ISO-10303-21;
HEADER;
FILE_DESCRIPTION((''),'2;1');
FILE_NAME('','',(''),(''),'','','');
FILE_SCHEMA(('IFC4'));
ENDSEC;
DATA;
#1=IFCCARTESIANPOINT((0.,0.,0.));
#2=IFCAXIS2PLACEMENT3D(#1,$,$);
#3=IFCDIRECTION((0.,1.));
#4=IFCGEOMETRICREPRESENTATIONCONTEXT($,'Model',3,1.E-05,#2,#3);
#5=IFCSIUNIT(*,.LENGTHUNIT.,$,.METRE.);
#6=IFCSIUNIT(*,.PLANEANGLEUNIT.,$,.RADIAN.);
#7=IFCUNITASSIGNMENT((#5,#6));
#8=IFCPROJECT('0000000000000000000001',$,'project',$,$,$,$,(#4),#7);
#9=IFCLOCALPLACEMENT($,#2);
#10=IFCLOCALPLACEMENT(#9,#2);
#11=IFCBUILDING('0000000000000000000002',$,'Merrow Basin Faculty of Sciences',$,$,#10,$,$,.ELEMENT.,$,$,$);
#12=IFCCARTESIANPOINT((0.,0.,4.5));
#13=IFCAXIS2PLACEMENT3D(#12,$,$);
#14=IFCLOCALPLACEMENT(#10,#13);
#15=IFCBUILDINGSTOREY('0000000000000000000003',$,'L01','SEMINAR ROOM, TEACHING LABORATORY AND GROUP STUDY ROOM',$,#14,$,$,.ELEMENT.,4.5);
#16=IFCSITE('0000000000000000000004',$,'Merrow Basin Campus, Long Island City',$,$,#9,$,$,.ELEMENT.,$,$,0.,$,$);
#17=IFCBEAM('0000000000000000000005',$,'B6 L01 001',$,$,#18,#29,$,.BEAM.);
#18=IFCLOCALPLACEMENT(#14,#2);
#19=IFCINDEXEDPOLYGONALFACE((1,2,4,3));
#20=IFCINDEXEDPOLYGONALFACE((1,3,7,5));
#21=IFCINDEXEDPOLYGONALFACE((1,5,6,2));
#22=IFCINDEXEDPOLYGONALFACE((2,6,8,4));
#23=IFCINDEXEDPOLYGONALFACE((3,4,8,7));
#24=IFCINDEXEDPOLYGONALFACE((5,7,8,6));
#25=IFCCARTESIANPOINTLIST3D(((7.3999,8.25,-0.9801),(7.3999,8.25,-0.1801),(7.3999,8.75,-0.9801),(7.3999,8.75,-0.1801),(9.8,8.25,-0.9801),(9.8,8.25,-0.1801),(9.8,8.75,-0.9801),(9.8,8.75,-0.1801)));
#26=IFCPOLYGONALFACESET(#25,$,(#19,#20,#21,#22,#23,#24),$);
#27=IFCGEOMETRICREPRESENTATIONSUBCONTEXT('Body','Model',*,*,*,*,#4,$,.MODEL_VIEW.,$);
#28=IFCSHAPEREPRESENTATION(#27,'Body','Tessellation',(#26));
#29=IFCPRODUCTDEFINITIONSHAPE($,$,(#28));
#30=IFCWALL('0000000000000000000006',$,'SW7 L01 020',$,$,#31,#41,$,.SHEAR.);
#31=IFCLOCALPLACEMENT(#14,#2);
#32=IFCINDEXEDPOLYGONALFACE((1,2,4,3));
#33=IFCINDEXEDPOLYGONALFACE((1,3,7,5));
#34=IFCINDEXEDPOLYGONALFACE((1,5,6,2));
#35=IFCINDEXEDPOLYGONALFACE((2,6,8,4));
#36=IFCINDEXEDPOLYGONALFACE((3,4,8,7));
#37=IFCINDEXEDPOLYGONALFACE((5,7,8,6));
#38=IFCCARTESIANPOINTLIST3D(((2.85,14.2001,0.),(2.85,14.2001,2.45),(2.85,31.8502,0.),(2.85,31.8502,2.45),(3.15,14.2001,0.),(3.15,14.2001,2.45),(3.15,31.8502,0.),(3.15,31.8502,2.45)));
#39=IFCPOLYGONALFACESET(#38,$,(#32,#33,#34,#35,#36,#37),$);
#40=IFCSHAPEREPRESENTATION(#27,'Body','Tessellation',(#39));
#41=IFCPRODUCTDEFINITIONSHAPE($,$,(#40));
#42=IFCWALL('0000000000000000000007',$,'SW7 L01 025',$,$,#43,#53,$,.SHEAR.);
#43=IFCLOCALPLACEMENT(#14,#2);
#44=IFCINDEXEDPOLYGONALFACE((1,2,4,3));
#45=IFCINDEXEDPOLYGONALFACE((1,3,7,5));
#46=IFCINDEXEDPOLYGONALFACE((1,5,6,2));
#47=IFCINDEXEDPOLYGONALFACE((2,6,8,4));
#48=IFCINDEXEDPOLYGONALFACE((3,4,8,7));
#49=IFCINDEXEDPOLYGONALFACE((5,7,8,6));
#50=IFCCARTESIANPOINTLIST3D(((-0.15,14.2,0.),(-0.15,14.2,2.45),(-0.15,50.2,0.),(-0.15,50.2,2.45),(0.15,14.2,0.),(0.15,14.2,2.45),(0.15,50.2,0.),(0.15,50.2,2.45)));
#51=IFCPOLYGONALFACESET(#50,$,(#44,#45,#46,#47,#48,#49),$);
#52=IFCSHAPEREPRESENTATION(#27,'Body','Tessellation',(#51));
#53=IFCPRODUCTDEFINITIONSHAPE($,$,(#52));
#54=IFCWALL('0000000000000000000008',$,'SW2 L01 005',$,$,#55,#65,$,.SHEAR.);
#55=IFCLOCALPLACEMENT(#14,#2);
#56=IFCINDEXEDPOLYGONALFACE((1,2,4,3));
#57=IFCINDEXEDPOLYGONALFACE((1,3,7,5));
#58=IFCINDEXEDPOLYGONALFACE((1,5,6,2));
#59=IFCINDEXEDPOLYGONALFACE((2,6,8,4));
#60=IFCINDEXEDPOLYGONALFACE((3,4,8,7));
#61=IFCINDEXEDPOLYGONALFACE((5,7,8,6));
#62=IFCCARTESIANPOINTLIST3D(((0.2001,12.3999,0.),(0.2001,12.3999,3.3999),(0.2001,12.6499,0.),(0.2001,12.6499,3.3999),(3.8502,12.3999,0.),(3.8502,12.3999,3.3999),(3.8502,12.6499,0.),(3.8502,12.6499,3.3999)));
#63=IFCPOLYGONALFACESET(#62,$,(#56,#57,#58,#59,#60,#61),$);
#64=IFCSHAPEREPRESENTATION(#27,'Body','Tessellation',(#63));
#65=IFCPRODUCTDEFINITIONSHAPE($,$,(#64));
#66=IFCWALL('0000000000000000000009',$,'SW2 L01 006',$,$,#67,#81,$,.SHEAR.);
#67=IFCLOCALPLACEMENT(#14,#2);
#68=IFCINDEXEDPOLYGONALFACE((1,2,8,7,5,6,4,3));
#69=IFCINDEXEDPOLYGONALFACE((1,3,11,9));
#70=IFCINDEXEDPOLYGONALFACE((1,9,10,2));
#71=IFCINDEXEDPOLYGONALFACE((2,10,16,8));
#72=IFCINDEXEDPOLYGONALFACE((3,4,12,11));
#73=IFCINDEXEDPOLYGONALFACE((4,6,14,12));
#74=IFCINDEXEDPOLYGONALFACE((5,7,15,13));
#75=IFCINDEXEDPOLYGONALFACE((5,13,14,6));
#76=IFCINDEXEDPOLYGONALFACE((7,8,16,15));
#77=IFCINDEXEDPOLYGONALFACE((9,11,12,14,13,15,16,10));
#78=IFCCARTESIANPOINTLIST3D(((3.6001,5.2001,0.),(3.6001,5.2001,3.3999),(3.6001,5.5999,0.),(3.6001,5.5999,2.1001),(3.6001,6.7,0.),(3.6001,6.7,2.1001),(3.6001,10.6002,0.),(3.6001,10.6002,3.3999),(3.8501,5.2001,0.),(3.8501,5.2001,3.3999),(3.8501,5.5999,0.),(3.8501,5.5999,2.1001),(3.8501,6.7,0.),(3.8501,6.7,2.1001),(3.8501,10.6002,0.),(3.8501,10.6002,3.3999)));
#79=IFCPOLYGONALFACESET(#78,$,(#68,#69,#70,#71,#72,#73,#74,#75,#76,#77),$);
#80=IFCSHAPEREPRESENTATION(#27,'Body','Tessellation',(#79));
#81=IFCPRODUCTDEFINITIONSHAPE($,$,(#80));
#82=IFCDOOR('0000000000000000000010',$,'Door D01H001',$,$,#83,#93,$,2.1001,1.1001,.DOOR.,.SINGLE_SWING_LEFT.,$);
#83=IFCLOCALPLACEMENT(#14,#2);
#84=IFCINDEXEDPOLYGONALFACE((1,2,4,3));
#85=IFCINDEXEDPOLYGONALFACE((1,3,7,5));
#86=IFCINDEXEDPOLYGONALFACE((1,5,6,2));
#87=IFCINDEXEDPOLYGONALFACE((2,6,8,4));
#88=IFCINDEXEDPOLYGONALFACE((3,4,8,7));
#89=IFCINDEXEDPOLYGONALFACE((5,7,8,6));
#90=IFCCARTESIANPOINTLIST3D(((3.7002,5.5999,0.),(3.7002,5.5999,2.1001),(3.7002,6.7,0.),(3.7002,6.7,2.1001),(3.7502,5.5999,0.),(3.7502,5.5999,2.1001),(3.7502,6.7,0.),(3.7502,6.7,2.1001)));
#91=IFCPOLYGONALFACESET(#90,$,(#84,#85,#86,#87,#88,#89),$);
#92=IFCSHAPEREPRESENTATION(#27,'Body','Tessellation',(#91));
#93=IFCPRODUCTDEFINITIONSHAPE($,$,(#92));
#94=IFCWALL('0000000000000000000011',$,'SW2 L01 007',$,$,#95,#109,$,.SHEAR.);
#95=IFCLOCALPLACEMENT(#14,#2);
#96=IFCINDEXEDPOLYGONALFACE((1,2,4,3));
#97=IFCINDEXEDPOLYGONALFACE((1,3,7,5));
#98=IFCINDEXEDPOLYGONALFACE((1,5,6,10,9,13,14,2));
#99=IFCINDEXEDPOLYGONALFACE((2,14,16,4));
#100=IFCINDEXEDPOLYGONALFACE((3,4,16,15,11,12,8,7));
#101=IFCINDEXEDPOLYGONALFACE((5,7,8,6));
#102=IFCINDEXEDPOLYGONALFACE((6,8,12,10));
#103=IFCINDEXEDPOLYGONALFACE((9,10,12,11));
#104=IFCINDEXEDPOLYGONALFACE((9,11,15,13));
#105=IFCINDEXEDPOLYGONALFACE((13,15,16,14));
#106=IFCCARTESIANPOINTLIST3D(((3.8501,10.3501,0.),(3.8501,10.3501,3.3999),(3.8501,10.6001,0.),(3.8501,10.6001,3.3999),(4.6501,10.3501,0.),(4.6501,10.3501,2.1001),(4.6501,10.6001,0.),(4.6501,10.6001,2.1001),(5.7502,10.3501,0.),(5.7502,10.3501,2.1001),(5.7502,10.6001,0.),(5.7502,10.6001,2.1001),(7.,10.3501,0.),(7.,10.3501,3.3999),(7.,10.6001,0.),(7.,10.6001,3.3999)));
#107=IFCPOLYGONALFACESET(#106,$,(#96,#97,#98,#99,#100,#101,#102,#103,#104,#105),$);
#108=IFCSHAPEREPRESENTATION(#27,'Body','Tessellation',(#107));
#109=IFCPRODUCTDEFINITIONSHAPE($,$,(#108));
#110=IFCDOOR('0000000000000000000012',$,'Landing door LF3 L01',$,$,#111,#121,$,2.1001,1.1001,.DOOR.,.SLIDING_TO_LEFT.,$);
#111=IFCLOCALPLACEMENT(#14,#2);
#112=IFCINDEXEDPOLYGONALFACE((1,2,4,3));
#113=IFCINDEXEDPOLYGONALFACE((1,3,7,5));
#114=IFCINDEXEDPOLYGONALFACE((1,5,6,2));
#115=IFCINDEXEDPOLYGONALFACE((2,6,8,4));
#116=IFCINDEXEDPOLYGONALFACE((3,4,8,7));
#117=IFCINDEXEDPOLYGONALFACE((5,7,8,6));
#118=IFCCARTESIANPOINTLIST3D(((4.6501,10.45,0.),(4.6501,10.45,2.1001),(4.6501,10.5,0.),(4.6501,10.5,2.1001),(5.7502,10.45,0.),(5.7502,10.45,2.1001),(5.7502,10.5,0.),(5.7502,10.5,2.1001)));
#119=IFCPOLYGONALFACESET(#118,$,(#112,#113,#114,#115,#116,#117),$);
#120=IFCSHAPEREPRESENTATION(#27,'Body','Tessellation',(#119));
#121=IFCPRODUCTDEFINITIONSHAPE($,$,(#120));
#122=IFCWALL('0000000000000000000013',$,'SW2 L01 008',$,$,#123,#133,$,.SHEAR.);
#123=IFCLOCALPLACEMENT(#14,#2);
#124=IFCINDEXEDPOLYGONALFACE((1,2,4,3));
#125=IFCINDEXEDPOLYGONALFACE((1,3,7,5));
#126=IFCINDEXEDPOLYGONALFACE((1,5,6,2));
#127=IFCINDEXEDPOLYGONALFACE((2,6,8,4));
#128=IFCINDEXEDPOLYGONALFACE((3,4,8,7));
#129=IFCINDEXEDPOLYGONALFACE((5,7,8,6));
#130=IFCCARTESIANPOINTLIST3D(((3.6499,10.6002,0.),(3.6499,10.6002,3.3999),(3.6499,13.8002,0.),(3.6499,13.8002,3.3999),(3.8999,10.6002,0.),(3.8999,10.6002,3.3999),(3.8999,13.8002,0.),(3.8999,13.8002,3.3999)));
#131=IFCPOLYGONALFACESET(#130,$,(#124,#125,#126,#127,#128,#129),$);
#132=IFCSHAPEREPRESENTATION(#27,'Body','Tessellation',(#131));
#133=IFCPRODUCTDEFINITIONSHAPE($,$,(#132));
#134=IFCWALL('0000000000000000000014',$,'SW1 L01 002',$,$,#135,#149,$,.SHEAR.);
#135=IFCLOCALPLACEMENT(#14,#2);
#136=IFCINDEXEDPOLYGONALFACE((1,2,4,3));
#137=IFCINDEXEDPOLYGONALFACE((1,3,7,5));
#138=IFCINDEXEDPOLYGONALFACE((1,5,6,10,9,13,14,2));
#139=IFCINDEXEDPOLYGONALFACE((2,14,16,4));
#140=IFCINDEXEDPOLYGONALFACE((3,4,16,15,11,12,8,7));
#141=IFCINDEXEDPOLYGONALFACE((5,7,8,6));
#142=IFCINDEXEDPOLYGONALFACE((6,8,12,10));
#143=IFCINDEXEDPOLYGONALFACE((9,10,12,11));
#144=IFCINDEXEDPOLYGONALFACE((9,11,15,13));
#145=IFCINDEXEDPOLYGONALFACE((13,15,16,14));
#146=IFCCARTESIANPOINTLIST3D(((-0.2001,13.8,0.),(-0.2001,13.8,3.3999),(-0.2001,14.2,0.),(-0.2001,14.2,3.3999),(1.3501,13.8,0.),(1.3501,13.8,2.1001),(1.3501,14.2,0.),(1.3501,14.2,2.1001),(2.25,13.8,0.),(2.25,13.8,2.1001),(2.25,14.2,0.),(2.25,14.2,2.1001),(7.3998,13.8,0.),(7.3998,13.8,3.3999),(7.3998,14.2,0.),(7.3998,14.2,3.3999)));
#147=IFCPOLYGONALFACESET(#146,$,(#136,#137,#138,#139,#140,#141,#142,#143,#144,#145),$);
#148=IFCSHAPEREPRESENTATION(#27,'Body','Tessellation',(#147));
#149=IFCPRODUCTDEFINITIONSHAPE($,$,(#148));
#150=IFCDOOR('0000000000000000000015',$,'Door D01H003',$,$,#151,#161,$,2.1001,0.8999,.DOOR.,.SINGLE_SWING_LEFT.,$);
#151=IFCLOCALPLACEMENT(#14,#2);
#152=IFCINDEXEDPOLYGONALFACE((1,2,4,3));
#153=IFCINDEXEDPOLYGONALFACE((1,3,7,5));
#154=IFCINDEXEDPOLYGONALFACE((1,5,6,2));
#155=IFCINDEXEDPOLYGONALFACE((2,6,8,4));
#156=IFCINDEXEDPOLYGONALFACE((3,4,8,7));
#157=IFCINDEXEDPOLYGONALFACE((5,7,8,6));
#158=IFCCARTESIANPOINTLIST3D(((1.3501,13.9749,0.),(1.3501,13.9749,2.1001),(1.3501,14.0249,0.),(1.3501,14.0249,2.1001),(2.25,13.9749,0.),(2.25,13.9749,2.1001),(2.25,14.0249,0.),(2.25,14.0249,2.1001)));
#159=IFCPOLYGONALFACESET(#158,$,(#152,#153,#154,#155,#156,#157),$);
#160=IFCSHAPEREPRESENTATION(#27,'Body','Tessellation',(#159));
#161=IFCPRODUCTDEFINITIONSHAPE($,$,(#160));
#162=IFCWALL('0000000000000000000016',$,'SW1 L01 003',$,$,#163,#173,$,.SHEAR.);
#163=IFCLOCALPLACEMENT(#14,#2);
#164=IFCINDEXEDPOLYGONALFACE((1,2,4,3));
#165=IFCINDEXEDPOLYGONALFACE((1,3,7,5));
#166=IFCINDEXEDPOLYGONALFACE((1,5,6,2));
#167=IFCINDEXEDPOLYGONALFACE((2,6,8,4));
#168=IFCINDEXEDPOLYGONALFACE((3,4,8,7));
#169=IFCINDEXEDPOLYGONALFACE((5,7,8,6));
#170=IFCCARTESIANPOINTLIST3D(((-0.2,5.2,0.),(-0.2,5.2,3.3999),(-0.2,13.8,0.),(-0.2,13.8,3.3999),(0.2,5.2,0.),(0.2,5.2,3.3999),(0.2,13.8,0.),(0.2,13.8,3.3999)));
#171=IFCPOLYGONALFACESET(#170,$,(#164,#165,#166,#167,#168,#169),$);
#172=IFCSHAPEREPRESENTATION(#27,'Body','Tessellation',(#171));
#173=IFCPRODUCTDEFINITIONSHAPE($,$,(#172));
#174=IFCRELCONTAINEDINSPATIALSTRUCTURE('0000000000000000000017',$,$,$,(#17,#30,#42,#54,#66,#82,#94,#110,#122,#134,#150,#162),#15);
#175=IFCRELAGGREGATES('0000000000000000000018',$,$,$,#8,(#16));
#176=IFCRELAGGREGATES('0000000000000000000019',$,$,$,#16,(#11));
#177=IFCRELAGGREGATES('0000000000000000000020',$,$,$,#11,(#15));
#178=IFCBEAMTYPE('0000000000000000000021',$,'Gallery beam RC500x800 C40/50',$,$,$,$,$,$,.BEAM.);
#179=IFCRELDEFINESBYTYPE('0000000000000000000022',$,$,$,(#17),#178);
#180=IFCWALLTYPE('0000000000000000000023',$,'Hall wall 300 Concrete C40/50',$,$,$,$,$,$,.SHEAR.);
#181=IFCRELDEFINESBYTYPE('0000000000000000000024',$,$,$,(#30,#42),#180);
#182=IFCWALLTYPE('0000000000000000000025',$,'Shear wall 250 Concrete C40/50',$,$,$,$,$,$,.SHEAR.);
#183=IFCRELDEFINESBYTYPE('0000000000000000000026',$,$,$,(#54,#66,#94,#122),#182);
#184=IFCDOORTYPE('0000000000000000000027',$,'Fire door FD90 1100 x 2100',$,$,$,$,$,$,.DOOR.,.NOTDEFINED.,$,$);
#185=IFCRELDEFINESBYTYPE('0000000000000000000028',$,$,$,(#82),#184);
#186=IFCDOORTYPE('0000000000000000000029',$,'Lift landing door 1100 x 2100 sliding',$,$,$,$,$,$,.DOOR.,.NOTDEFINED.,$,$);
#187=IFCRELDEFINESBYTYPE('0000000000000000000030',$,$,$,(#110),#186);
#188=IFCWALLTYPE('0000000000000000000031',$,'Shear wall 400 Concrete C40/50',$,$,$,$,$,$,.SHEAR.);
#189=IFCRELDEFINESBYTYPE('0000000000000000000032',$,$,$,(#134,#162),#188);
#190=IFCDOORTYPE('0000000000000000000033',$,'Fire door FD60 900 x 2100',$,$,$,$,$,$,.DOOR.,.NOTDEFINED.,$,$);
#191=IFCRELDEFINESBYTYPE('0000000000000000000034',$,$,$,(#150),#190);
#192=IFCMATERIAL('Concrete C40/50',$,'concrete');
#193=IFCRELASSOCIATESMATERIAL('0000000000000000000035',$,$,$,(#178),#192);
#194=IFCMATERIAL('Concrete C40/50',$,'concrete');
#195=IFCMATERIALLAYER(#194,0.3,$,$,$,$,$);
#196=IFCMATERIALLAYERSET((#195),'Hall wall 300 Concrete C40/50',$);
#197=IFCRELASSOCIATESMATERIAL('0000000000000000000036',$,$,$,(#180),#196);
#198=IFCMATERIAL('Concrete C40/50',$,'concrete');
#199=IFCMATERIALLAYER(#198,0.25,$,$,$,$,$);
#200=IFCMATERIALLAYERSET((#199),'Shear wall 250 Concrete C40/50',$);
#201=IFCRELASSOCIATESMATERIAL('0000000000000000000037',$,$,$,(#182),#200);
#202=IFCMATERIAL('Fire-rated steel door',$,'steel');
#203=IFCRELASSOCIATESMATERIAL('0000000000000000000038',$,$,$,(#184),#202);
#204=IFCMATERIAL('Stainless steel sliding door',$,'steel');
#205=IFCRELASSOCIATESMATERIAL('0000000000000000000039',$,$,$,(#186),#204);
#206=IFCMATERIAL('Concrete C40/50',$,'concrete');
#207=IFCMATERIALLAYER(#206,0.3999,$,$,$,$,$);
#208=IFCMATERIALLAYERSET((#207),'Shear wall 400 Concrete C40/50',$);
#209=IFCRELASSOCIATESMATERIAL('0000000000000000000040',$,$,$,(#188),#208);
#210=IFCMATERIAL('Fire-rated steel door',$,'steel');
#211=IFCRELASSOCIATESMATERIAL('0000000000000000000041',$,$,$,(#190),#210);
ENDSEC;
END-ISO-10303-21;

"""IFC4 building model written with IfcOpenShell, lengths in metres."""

from ifc_helpers import new_model, si_unit, direction, frame, frame_2d, origin, origin_2d, place, context, subcontext, project, spatial, rectangle, extrude, material, layer, layer_set, material_profile, profile_set, type_object, element, fill, save


model = new_model("IFC4")

# Units and contexts
model_context = context("Model", 3, precision=1e-05, world=origin(), true_north=direction((0.0, 1.0)))
body_context = subcontext(model_context, "Body", "Model", "MODEL_VIEW")
ifc_project = project(units=[si_unit("LENGTHUNIT", "METRE"), si_unit("PLANEANGLEUNIT", "RADIAN")], contexts=[model_context])

# Site, building, storey
site_placement = place(None, origin())
site = spatial("IfcSite", under=ifc_project, at=site_placement, Name="Merrow Basin Campus, Long Island City", CompositionType="ELEMENT", RefElevation=0.0)
building_placement = place(site_placement, origin())
building = spatial("IfcBuilding", under=site, at=building_placement, Name="Merrow Basin Faculty of Sciences", CompositionType="ELEMENT")
storey_placement = place(building_placement, frame((0.0, 0.0, 4.5)))
storey = spatial("IfcBuildingStorey", under=building, at=storey_placement, Name="L01", Description="SEMINAR ROOM, TEACHING LABORATORY AND GROUP STUDY ROOM", CompositionType="ELEMENT", Elevation=4.5)

# Beam
ifc_material_1 = material(Name="Concrete C40/50", Category="concrete")
ifc_material_profile = material_profile(ifc_material_1, rectangle(XDim=0.5, YDim=0.8, at=origin_2d()))
ifc_profile_set = profile_set([ifc_material_profile], Name="Concrete C40/50")
beam_type = type_object("IfcBeamType", Name="Gallery beam RC500x800 C40/50", PredefinedType="BEAM", material=ifc_profile_set)
beam_placement = place(storey_placement, frame((7.3999, 8.5, -0.5801), z_axis=(1.0, 0.0, 0.0), x_axis=(0.0, 1.0, 0.0)))
element("IfcBeam", 1, at=beam_placement, inside=storey, type_object=beam_type, Name="B6 L01 001", PredefinedType="BEAM", context=body_context, shape_type="SweptSolid", body=[
    extrude(rectangle(XDim=0.5, YDim=0.8, at=origin_2d()), origin(), (0.0, 0.0, 1.0), 2.4001),
])

# Walls
ifc_material_2 = material(Name="Concrete C40/50", Category="concrete")
ifc_layer_1 = layer(ifc_material_2, 0.3)
ifc_layer_set_1 = layer_set([ifc_layer_1], Name="Hall wall 300 Concrete C40/50")
wall_type_1 = type_object("IfcWallType", Name="Hall wall 300 Concrete C40/50", PredefinedType="SHEAR", material=ifc_layer_set_1)
wall_1_placement = place(storey_placement, frame((3.0, 14.2, 0.0), z_axis=(0.0, 0.0, 1.0), x_axis=(0.0, 1.0, 0.0)))
element("IfcWall", 2, at=wall_1_placement, inside=storey, type_object=wall_type_1, Name="SW7 L01 020", PredefinedType="SHEAR", context=body_context, shape_type="SweptSolid", body=[
    extrude(rectangle(XDim=17.6501, YDim=0.3, at=frame_2d((8.8252, 0.0))), origin(), (0.0, 0.0, 1.0), 2.45),
])
wall_2_placement = place(storey_placement, frame((0.0, 14.2, 0.0), z_axis=(0.0, 0.0, 1.0), x_axis=(0.0, 1.0, 0.0)))
element("IfcWall", 3, at=wall_2_placement, inside=storey, type_object=wall_type_1, Name="SW7 L01 025", PredefinedType="SHEAR", context=body_context, shape_type="SweptSolid", body=[
    extrude(rectangle(XDim=36.0, YDim=0.3, at=frame_2d((18.0, 0.0))), origin(), (0.0, 0.0, 1.0), 2.45),
])
ifc_material_3 = material(Name="Concrete C40/50", Category="concrete")
ifc_layer_2 = layer(ifc_material_3, 0.25)
ifc_layer_set_2 = layer_set([ifc_layer_2], Name="Shear wall 250 Concrete C40/50")
wall_type_2 = type_object("IfcWallType", Name="Shear wall 250 Concrete C40/50", PredefinedType="SHEAR", material=ifc_layer_set_2)
wall_3_placement = place(storey_placement, frame((0.2, 12.5249, 0.0), z_axis=(0.0, 0.0, 1.0), x_axis=(1.0, 0.0, 0.0)))
element("IfcWall", 4, at=wall_3_placement, inside=storey, type_object=wall_type_2, Name="SW2 L01 005", PredefinedType="SHEAR", context=body_context, shape_type="SweptSolid", body=[
    extrude(rectangle(XDim=3.6501, YDim=0.25, at=frame_2d((1.8252, 0.0))), origin(), (0.0, 0.0, 1.0), 3.3999),
])

# Walls, openings, doors
wall_4_placement = place(storey_placement, frame((3.7251, 5.2, 0.0), z_axis=(0.0, 0.0, 1.0), x_axis=(0.0, 1.0, 0.0)))
wall_4 = element("IfcWall", 5, at=wall_4_placement, inside=storey, type_object=wall_type_2, Name="SW2 L01 006", PredefinedType="SHEAR", context=body_context, shape_type="SweptSolid", body=[
    extrude(rectangle(XDim=5.4001, YDim=0.25, at=frame_2d((2.7002, 0.0))), origin(), (0.0, 0.0, 1.0), 3.3999),
])
opening_1_placement = place(wall_4_placement, frame((0.3999, 0.0, 0.0)))
opening_1 = element("IfcOpeningElement", 6, at=opening_1_placement, cuts=wall_4, PredefinedType="OPENING", context=body_context, shape_type="SweptSolid", body=[
    extrude(rectangle(XDim=1.1001, YDim=2.1001, at=frame_2d((0.55, 1.05))), frame((0.0, 0.135, 0.0), z_axis=(0.0, -1.0, 0.0), x_axis=(1.0, 0.0, 0.0)), (0.0, 0.0, 1.0), 0.27),
])
ifc_material_4 = material(Name="Fire-rated steel door", Category="steel")
door_type_1 = type_object("IfcDoorType", Name="Fire door FD90 1100 x 2100", OperationType="NOTDEFINED", PredefinedType="DOOR", material=ifc_material_4)
door_1_placement = place(opening_1_placement, origin())
door_1 = element("IfcDoor", 7, at=door_1_placement, inside=storey, type_object=door_type_1, Name="Door D01H001", OperationType="SINGLE_SWING_LEFT", OverallHeight=2.1001, OverallWidth=1.1001, PredefinedType="DOOR", context=body_context, shape_type="SweptSolid", body=[
    extrude(rectangle(XDim=1.1001, YDim=2.1001, at=frame_2d((0.55, 1.05))), frame((0.0, 0.0249, 0.0), z_axis=(0.0, -1.0, 0.0), x_axis=(1.0, 0.0, 0.0)), (0.0, 0.0, 1.0), 0.05),
])
fill(opening_1, door_1)
wall_5_placement = place(storey_placement, frame((3.8501, 10.4751, 0.0), z_axis=(0.0, 0.0, 1.0), x_axis=(1.0, 0.0, 0.0)))
wall_5 = element("IfcWall", 8, at=wall_5_placement, inside=storey, type_object=wall_type_2, Name="SW2 L01 007", PredefinedType="SHEAR", context=body_context, shape_type="SweptSolid", body=[
    extrude(rectangle(XDim=3.1499, YDim=0.25, at=frame_2d((1.575, 0.0))), origin(), (0.0, 0.0, 1.0), 3.3999),
])
opening_2_placement = place(wall_5_placement, frame((0.8, 0.0, 0.0)))
opening_2 = element("IfcOpeningElement", 9, at=opening_2_placement, cuts=wall_5, PredefinedType="OPENING", context=body_context, shape_type="SweptSolid", body=[
    extrude(rectangle(XDim=1.1001, YDim=2.1001, at=frame_2d((0.55, 1.05))), frame((0.0, 0.135, 0.0), z_axis=(0.0, -1.0, 0.0), x_axis=(1.0, 0.0, 0.0)), (0.0, 0.0, 1.0), 0.27),
])
ifc_material_5 = material(Name="Stainless steel sliding door", Category="steel")
door_type_2 = type_object("IfcDoorType", Name="Lift landing door 1100 x 2100 sliding", OperationType="NOTDEFINED", PredefinedType="DOOR", material=ifc_material_5)
door_2_placement = place(opening_2_placement, origin())
door_2 = element("IfcDoor", 10, at=door_2_placement, inside=storey, type_object=door_type_2, Name="Landing door LF3 L01", OperationType="SLIDING_TO_LEFT", OverallHeight=2.1001, OverallWidth=1.1001, PredefinedType="DOOR", context=body_context, shape_type="SweptSolid", body=[
    extrude(rectangle(XDim=1.1001, YDim=2.1001, at=frame_2d((0.55, 1.05))), frame((0.0, 0.0249, 0.0), z_axis=(0.0, -1.0, 0.0), x_axis=(1.0, 0.0, 0.0)), (0.0, 0.0, 1.0), 0.05),
])
fill(opening_2, door_2)

# Wall
wall_6_placement = place(storey_placement, frame((3.7749, 10.6001, 0.0), z_axis=(0.0, 0.0, 1.0), x_axis=(0.0, 1.0, 0.0)))
element("IfcWall", 11, at=wall_6_placement, inside=storey, type_object=wall_type_2, Name="SW2 L01 008", PredefinedType="SHEAR", context=body_context, shape_type="SweptSolid", body=[
    extrude(rectangle(XDim=3.2, YDim=0.25, at=frame_2d((1.6001, 0.0))), origin(), (0.0, 0.0, 1.0), 3.3999),
])

# Wall, opening, door
ifc_material_6 = material(Name="Concrete C40/50", Category="concrete")
ifc_layer_3 = layer(ifc_material_6, 0.3999)
ifc_layer_set_3 = layer_set([ifc_layer_3], Name="Shear wall 400 Concrete C40/50")
wall_type_3 = type_object("IfcWallType", Name="Shear wall 400 Concrete C40/50", PredefinedType="SHEAR", material=ifc_layer_set_3)
wall_7_placement = place(storey_placement, frame((-0.2, 14.0, 0.0), z_axis=(0.0, 0.0, 1.0), x_axis=(1.0, 0.0, 0.0)))
wall_7 = element("IfcWall", 12, at=wall_7_placement, inside=storey, type_object=wall_type_3, Name="SW1 L01 002", PredefinedType="SHEAR", context=body_context, shape_type="SweptSolid", body=[
    extrude(rectangle(XDim=7.5999, YDim=0.3999, at=frame_2d((3.7998, 0.0))), origin(), (0.0, 0.0, 1.0), 3.3999),
])
opening_3_placement = place(wall_7_placement, frame((1.55, 0.0, 0.0)))
opening_3 = element("IfcOpeningElement", 13, at=opening_3_placement, cuts=wall_7, PredefinedType="OPENING", context=body_context, shape_type="SweptSolid", body=[
    extrude(rectangle(XDim=0.8999, YDim=2.1001, at=frame_2d((0.45, 1.05))), frame((0.0, 0.21, 0.0), z_axis=(0.0, -1.0, 0.0), x_axis=(1.0, 0.0, 0.0)), (0.0, 0.0, 1.0), 0.4199),
])
ifc_material_7 = material(Name="Fire-rated steel door", Category="steel")
door_type_3 = type_object("IfcDoorType", Name="Fire door FD60 900 x 2100", OperationType="NOTDEFINED", PredefinedType="DOOR", material=ifc_material_7)
door_3_placement = place(opening_3_placement, origin())
door_3 = element("IfcDoor", 14, at=door_3_placement, inside=storey, type_object=door_type_3, Name="Door D01H003", OperationType="SINGLE_SWING_LEFT", OverallHeight=2.1001, OverallWidth=0.8999, PredefinedType="DOOR", context=body_context, shape_type="SweptSolid", body=[
    extrude(rectangle(XDim=0.8999, YDim=2.1001, at=frame_2d((0.45, 1.05))), frame((0.0, 0.0249, 0.0), z_axis=(0.0, -1.0, 0.0), x_axis=(1.0, 0.0, 0.0)), (0.0, 0.0, 1.0), 0.05),
])
fill(opening_3, door_3)

# Wall
wall_8_placement = place(storey_placement, frame((0.0, 5.2, 0.0), z_axis=(0.0, 0.0, 1.0), x_axis=(0.0, 1.0, 0.0)))
element("IfcWall", 15, at=wall_8_placement, inside=storey, type_object=wall_type_3, Name="SW1 L01 003", PredefinedType="SHEAR", context=body_context, shape_type="SweptSolid", body=[
    extrude(rectangle(XDim=8.6001, YDim=0.3999, at=frame_2d((4.3, 0.0))), origin(), (0.0, 0.0, 1.0), 3.3999),
])

save(model, "model.ifc")
